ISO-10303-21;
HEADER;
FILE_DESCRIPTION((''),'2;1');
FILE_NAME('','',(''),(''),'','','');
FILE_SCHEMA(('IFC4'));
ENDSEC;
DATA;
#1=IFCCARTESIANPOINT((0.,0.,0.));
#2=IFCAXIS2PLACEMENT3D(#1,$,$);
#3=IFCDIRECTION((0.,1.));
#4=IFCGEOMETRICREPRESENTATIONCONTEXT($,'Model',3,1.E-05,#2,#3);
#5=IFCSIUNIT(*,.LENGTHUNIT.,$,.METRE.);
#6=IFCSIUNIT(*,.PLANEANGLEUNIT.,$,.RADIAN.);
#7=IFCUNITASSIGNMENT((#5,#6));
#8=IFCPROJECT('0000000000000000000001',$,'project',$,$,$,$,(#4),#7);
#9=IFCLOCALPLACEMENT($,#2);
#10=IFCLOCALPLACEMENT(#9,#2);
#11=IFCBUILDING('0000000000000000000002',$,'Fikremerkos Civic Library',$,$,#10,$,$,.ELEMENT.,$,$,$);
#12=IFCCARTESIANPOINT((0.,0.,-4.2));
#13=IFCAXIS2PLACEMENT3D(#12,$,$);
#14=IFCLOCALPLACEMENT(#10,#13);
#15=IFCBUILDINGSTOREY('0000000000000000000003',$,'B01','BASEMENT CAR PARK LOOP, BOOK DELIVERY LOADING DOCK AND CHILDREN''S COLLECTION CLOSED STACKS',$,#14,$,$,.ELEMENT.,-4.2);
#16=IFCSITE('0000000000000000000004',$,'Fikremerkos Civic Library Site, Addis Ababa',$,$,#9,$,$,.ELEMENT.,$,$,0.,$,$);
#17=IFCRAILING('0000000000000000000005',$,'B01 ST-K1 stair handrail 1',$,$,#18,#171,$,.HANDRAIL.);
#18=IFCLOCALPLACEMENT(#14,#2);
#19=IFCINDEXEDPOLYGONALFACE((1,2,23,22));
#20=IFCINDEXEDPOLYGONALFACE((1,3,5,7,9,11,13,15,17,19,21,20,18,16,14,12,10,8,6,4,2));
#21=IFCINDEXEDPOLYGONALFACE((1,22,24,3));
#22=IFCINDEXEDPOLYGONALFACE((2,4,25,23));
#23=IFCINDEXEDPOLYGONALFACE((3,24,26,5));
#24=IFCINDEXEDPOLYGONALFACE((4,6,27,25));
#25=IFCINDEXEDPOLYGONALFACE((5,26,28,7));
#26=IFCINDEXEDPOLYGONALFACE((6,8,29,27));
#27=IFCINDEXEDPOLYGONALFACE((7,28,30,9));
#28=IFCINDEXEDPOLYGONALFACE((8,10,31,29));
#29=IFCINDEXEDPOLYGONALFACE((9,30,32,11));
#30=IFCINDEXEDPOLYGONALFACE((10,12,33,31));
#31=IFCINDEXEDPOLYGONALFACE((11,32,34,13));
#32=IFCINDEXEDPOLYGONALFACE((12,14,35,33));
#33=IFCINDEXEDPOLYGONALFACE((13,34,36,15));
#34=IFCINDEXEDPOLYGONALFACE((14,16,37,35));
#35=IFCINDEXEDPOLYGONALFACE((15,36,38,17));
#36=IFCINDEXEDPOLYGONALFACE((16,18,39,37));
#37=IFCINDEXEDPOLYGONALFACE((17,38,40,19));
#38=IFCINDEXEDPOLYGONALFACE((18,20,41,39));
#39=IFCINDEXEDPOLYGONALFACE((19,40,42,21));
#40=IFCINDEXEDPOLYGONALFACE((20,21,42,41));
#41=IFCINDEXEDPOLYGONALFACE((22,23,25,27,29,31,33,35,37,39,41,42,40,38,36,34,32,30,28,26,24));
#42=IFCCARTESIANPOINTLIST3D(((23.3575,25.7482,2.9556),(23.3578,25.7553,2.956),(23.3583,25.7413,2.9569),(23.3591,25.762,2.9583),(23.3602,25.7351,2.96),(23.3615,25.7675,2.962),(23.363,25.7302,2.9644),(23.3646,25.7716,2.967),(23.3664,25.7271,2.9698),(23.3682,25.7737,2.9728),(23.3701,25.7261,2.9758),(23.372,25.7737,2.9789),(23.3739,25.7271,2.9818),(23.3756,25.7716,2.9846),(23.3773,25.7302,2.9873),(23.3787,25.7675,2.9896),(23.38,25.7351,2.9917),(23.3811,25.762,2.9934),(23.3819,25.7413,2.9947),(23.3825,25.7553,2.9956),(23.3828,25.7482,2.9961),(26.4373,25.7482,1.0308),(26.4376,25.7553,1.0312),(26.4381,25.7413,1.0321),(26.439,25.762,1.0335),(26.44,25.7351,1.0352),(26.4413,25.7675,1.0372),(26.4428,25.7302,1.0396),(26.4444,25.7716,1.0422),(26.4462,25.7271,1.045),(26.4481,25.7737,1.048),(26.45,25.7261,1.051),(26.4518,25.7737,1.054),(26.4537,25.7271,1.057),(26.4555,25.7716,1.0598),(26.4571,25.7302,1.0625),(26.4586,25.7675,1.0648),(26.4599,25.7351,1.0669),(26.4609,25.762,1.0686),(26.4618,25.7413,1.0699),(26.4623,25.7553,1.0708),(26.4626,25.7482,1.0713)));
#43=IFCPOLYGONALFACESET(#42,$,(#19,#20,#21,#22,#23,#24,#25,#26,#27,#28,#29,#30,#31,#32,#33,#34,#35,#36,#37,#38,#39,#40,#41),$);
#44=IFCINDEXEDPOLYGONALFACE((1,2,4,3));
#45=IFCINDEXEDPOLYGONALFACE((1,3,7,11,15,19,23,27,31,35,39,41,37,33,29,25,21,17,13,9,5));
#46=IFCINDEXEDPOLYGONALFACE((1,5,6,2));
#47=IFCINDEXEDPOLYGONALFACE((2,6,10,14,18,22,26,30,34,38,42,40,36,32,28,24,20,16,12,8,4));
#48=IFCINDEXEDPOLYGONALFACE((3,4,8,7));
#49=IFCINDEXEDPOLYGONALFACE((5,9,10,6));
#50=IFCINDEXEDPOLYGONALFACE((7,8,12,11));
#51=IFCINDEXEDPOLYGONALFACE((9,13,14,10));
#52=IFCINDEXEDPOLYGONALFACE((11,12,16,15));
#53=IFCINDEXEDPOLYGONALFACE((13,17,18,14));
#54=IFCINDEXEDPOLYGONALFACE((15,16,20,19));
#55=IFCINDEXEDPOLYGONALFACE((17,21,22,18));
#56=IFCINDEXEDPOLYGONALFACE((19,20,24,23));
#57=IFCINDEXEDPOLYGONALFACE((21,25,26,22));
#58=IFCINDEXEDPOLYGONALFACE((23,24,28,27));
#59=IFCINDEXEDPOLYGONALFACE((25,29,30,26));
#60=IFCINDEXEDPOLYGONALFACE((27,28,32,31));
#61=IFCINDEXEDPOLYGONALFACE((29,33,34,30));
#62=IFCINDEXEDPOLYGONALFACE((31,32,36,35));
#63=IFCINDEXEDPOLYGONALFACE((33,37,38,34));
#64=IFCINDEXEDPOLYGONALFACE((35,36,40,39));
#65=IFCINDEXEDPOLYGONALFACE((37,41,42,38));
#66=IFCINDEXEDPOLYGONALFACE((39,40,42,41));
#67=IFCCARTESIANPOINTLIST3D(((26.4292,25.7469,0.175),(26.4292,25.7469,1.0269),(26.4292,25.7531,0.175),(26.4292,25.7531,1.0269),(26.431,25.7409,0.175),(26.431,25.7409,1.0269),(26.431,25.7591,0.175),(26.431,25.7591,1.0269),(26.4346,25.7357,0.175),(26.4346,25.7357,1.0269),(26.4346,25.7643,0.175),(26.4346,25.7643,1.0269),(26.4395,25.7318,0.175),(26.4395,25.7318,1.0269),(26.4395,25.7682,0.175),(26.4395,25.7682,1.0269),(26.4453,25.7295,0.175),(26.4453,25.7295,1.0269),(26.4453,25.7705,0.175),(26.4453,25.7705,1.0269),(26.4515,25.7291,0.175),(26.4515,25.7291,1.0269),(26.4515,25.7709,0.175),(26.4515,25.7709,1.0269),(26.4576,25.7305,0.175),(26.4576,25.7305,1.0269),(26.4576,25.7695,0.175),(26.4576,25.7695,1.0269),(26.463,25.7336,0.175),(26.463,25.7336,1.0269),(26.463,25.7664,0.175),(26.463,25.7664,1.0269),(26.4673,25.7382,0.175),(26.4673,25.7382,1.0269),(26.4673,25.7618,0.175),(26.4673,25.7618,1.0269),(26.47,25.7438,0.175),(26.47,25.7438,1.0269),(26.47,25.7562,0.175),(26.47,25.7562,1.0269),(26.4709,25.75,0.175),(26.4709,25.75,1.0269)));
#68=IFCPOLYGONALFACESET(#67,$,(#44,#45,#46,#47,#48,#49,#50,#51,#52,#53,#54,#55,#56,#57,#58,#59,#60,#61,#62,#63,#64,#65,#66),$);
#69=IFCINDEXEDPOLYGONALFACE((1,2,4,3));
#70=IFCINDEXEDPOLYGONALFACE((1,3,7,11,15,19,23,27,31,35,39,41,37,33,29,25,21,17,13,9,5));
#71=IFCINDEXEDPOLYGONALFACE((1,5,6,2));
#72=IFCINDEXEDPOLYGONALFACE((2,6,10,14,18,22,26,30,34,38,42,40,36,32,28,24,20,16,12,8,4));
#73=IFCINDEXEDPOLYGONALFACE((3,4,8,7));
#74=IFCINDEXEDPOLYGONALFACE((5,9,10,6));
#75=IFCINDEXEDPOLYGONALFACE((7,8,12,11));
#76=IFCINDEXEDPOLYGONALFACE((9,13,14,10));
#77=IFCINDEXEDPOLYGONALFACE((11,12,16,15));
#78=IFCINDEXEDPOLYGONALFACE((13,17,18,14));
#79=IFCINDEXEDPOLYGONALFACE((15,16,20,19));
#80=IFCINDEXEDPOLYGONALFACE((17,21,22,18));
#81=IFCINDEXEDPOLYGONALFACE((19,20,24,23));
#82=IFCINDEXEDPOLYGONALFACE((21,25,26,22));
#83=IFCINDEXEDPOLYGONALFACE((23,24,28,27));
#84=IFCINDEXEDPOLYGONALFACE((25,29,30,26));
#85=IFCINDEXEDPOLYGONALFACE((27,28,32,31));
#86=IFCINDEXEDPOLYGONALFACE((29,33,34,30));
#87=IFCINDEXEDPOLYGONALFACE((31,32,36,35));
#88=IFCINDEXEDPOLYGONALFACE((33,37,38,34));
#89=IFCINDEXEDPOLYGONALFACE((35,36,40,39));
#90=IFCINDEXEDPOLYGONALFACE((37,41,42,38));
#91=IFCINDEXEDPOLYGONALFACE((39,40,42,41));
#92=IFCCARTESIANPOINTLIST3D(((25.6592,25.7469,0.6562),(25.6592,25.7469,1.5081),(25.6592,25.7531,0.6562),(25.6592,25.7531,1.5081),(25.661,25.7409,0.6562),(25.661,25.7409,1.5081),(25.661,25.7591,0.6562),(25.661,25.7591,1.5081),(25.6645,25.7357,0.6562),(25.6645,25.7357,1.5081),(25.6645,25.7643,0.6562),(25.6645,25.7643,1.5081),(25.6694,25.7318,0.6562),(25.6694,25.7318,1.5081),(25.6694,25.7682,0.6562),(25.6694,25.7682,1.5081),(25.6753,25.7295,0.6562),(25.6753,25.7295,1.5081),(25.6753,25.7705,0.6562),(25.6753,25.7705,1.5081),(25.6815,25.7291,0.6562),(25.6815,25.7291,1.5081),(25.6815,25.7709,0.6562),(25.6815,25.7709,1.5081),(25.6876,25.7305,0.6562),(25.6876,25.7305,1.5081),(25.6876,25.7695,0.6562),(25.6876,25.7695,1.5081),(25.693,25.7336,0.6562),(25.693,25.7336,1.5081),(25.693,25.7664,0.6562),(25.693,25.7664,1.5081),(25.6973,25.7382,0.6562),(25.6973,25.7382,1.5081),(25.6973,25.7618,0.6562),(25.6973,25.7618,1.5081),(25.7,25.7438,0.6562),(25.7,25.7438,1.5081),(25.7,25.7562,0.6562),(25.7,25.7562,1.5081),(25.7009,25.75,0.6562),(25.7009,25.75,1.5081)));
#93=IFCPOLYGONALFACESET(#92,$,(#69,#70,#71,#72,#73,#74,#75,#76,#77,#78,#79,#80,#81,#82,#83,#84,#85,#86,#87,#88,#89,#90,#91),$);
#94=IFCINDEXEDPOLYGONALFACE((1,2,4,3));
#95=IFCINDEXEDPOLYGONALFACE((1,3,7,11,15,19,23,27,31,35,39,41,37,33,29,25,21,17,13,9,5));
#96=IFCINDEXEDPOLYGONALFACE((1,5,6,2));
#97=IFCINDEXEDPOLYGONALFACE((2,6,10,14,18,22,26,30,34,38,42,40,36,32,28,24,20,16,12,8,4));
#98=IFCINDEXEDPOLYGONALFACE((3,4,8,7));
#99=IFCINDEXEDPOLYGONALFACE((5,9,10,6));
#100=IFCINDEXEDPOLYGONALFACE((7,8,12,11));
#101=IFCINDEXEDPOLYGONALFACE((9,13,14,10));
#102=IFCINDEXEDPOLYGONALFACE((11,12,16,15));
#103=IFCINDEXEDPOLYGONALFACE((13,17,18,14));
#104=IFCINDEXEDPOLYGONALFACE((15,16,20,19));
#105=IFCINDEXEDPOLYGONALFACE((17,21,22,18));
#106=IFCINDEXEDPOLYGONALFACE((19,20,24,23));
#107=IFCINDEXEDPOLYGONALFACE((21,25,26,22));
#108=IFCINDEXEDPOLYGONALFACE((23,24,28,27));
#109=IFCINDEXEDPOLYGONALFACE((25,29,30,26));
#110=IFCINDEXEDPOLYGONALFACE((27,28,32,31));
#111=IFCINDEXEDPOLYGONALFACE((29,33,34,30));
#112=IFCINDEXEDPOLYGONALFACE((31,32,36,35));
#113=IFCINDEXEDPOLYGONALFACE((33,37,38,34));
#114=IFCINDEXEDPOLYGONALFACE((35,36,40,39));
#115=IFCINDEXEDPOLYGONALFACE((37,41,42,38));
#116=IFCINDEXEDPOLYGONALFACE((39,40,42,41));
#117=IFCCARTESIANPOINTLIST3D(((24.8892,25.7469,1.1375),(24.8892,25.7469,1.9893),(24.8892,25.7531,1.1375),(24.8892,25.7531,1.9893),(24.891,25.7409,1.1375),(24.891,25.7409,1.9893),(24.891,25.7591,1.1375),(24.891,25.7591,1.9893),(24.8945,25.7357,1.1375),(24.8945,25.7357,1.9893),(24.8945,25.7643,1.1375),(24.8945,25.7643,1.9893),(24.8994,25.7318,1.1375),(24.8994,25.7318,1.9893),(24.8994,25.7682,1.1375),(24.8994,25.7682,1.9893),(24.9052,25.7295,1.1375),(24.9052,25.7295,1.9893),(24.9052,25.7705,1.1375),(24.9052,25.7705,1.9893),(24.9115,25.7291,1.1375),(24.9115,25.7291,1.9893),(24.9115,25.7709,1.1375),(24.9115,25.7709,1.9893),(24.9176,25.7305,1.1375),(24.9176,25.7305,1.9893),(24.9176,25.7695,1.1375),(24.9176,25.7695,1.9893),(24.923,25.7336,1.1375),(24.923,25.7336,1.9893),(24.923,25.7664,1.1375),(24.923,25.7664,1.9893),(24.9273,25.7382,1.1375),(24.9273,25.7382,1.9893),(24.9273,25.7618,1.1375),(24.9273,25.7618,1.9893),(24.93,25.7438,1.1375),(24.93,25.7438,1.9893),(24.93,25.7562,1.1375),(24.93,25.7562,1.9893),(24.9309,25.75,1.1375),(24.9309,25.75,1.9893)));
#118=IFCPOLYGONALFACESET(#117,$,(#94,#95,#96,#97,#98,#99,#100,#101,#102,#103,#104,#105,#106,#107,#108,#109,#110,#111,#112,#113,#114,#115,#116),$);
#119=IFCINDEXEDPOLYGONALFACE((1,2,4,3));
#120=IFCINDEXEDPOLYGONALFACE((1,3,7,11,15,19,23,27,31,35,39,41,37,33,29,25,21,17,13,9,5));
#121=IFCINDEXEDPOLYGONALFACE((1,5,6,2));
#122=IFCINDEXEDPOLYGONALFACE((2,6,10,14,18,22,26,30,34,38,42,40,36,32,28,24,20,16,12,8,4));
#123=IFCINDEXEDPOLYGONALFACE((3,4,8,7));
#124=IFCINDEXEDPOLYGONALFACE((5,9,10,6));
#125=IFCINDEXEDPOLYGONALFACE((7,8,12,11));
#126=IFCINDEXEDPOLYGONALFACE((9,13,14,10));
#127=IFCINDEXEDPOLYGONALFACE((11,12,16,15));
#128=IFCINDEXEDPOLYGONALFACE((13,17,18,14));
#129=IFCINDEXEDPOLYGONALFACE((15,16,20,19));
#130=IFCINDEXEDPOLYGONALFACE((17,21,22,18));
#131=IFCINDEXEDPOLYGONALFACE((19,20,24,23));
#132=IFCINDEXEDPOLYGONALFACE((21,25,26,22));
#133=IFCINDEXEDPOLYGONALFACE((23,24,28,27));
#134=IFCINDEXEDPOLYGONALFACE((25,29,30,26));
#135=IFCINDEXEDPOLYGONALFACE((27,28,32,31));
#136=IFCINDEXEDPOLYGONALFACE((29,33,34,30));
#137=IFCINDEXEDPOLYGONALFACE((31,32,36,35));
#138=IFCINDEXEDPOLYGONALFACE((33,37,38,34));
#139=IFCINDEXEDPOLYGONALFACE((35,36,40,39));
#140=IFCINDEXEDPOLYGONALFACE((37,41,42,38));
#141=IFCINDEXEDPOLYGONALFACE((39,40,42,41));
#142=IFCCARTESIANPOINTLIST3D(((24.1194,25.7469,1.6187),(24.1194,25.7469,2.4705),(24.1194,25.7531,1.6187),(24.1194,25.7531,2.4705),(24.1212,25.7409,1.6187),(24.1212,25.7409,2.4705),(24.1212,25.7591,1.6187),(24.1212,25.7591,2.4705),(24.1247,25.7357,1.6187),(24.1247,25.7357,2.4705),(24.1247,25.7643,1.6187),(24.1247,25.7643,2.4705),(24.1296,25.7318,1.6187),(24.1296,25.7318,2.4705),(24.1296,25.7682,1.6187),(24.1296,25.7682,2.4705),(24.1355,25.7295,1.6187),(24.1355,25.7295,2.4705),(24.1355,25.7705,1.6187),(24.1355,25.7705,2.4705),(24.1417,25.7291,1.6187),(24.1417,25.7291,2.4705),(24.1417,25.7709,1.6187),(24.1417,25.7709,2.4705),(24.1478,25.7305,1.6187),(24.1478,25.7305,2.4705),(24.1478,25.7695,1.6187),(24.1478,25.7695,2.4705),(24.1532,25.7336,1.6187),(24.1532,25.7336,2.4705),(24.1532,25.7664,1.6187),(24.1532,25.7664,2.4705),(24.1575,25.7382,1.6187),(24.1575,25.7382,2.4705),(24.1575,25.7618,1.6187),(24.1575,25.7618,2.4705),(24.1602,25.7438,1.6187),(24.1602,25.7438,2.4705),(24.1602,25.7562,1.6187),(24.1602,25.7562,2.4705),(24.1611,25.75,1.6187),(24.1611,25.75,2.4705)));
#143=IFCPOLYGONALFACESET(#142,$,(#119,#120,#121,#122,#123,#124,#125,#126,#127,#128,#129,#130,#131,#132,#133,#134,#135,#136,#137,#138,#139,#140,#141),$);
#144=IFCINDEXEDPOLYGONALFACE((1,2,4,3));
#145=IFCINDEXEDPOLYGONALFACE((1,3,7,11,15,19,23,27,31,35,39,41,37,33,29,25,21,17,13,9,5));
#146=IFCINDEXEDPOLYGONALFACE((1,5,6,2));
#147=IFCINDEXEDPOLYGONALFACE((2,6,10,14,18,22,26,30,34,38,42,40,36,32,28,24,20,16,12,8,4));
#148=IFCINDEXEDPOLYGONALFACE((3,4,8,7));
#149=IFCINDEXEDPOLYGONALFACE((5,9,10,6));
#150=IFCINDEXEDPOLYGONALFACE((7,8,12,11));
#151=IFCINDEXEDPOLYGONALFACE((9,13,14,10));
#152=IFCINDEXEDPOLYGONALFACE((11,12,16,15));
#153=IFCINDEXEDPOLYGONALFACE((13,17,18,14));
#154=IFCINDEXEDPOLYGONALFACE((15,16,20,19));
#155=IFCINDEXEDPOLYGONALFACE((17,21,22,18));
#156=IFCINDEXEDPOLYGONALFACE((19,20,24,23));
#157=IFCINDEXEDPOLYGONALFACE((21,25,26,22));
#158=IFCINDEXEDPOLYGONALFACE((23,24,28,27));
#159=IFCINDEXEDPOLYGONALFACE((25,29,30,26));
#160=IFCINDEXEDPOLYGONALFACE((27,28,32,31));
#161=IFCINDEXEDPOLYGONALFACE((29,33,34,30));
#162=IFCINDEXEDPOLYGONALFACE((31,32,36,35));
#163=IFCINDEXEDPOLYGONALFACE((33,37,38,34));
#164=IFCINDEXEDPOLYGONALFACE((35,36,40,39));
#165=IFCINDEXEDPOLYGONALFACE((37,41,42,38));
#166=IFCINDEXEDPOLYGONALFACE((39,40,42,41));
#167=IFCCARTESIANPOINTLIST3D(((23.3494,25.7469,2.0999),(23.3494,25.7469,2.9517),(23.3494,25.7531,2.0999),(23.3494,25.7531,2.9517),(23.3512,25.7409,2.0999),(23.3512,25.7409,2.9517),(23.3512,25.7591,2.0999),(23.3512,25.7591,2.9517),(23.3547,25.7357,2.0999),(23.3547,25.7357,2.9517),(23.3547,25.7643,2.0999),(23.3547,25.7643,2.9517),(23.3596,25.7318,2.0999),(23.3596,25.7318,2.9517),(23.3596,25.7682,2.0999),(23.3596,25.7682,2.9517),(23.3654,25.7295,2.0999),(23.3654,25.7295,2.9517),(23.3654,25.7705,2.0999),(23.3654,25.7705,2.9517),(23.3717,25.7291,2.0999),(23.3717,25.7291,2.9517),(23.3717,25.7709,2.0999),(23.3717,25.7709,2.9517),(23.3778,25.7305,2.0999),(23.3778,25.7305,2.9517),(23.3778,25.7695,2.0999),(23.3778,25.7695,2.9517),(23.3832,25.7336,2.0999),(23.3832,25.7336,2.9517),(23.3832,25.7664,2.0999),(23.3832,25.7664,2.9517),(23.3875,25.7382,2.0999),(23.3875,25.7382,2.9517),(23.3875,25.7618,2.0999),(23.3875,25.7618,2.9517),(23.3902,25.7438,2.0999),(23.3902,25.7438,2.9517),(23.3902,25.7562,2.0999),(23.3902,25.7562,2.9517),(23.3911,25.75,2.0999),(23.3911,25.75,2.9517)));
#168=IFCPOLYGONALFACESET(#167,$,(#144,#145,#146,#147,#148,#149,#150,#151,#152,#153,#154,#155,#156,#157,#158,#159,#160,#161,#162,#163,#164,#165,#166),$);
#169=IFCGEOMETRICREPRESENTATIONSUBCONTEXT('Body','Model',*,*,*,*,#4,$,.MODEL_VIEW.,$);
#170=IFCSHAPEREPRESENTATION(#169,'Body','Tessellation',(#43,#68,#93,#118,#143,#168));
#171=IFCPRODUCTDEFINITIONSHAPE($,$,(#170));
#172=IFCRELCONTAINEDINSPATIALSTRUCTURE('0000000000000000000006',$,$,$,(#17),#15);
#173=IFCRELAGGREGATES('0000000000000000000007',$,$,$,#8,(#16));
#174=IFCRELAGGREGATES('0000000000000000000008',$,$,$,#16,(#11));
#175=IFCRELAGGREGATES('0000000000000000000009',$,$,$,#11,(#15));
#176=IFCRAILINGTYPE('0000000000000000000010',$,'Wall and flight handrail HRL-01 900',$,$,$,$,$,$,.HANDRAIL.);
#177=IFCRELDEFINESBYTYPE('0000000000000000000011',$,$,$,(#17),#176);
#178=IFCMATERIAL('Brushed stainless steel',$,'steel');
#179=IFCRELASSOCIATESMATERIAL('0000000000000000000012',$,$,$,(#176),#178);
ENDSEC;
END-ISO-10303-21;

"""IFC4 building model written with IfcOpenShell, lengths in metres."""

from ifc_helpers import new_model, si_unit, direction, frame, origin, origin_2d, place, context, subcontext, project, spatial, circle, extrude, material, type_object, element, save


model = new_model("IFC4")

# Units and contexts
model_context = context("Model", 3, precision=1e-05, world=origin(), true_north=direction((0.0, 1.0)))
body_context = subcontext(model_context, "Body", "Model", "MODEL_VIEW")
ifc_project = project(units=[si_unit("LENGTHUNIT", "METRE"), si_unit("PLANEANGLEUNIT", "RADIAN")], contexts=[model_context])

# Site, building, storey
site_placement = place(None, origin())
site = spatial("IfcSite", under=ifc_project, at=site_placement, Name="Fikremerkos Civic Library Site, Addis Ababa", CompositionType="ELEMENT", RefElevation=0.0)
building_placement = place(site_placement, origin())
building = spatial("IfcBuilding", under=site, at=building_placement, Name="Fikremerkos Civic Library", CompositionType="ELEMENT")
storey_placement = place(building_placement, frame((0.0, 0.0, -4.2)))
storey = spatial("IfcBuildingStorey", under=building, at=storey_placement, Name="B01", Description="BASEMENT CAR PARK LOOP, BOOK DELIVERY LOADING DOCK AND CHILDREN'S COLLECTION CLOSED STACKS", CompositionType="ELEMENT", Elevation=-4.2)

# Shared definitions
ifc_material_1 = material(Name="Brushed stainless steel", Category="steel")

# Railing
railing_type_1 = type_object("IfcRailingType", Name="Wall and flight handrail HRL-01 900", PredefinedType="HANDRAIL", material=ifc_material_1)
railing_1_placement = place(storey_placement, frame((26.45, 25.75, 0.175)))
element("IfcRailing", 1, at=railing_1_placement, inside=storey, type_object=railing_type_1, Name="B01 ST-K1 stair handrail 1", PredefinedType="HANDRAIL", context=body_context, shape_type="SweptSolid", body=[
    extrude(circle(Radius=0.0239, at=origin_2d()), frame((0.0, 0.0, 0.876), z_axis=(-0.84801, 0.0, 0.529981), x_axis=(0.0, -1.0, 0.0)), (0.0, 0.0, 1.0), 3.6318),
    extrude(circle(Radius=0.021, at=origin_2d()), origin(), (0.0, 0.0, 1.0), 0.8518),
    extrude(circle(Radius=0.021, at=origin_2d()), frame((-0.77, 0.0, 0.4812)), (0.0, 0.0, 1.0), 0.8518),
    extrude(circle(Radius=0.021, at=origin_2d()), frame((-1.54, 0.0, 0.9624)), (0.0, 0.0, 1.0), 0.8518),
    extrude(circle(Radius=0.021, at=origin_2d()), frame((-2.3098, 0.0, 1.4436)), (0.0, 0.0, 1.0), 0.8518),
    extrude(circle(Radius=0.021, at=origin_2d()), frame((-3.0798, 0.0, 1.9248)), (0.0, 0.0, 1.0), 0.8518),
])

save(model, "model.ifc")
